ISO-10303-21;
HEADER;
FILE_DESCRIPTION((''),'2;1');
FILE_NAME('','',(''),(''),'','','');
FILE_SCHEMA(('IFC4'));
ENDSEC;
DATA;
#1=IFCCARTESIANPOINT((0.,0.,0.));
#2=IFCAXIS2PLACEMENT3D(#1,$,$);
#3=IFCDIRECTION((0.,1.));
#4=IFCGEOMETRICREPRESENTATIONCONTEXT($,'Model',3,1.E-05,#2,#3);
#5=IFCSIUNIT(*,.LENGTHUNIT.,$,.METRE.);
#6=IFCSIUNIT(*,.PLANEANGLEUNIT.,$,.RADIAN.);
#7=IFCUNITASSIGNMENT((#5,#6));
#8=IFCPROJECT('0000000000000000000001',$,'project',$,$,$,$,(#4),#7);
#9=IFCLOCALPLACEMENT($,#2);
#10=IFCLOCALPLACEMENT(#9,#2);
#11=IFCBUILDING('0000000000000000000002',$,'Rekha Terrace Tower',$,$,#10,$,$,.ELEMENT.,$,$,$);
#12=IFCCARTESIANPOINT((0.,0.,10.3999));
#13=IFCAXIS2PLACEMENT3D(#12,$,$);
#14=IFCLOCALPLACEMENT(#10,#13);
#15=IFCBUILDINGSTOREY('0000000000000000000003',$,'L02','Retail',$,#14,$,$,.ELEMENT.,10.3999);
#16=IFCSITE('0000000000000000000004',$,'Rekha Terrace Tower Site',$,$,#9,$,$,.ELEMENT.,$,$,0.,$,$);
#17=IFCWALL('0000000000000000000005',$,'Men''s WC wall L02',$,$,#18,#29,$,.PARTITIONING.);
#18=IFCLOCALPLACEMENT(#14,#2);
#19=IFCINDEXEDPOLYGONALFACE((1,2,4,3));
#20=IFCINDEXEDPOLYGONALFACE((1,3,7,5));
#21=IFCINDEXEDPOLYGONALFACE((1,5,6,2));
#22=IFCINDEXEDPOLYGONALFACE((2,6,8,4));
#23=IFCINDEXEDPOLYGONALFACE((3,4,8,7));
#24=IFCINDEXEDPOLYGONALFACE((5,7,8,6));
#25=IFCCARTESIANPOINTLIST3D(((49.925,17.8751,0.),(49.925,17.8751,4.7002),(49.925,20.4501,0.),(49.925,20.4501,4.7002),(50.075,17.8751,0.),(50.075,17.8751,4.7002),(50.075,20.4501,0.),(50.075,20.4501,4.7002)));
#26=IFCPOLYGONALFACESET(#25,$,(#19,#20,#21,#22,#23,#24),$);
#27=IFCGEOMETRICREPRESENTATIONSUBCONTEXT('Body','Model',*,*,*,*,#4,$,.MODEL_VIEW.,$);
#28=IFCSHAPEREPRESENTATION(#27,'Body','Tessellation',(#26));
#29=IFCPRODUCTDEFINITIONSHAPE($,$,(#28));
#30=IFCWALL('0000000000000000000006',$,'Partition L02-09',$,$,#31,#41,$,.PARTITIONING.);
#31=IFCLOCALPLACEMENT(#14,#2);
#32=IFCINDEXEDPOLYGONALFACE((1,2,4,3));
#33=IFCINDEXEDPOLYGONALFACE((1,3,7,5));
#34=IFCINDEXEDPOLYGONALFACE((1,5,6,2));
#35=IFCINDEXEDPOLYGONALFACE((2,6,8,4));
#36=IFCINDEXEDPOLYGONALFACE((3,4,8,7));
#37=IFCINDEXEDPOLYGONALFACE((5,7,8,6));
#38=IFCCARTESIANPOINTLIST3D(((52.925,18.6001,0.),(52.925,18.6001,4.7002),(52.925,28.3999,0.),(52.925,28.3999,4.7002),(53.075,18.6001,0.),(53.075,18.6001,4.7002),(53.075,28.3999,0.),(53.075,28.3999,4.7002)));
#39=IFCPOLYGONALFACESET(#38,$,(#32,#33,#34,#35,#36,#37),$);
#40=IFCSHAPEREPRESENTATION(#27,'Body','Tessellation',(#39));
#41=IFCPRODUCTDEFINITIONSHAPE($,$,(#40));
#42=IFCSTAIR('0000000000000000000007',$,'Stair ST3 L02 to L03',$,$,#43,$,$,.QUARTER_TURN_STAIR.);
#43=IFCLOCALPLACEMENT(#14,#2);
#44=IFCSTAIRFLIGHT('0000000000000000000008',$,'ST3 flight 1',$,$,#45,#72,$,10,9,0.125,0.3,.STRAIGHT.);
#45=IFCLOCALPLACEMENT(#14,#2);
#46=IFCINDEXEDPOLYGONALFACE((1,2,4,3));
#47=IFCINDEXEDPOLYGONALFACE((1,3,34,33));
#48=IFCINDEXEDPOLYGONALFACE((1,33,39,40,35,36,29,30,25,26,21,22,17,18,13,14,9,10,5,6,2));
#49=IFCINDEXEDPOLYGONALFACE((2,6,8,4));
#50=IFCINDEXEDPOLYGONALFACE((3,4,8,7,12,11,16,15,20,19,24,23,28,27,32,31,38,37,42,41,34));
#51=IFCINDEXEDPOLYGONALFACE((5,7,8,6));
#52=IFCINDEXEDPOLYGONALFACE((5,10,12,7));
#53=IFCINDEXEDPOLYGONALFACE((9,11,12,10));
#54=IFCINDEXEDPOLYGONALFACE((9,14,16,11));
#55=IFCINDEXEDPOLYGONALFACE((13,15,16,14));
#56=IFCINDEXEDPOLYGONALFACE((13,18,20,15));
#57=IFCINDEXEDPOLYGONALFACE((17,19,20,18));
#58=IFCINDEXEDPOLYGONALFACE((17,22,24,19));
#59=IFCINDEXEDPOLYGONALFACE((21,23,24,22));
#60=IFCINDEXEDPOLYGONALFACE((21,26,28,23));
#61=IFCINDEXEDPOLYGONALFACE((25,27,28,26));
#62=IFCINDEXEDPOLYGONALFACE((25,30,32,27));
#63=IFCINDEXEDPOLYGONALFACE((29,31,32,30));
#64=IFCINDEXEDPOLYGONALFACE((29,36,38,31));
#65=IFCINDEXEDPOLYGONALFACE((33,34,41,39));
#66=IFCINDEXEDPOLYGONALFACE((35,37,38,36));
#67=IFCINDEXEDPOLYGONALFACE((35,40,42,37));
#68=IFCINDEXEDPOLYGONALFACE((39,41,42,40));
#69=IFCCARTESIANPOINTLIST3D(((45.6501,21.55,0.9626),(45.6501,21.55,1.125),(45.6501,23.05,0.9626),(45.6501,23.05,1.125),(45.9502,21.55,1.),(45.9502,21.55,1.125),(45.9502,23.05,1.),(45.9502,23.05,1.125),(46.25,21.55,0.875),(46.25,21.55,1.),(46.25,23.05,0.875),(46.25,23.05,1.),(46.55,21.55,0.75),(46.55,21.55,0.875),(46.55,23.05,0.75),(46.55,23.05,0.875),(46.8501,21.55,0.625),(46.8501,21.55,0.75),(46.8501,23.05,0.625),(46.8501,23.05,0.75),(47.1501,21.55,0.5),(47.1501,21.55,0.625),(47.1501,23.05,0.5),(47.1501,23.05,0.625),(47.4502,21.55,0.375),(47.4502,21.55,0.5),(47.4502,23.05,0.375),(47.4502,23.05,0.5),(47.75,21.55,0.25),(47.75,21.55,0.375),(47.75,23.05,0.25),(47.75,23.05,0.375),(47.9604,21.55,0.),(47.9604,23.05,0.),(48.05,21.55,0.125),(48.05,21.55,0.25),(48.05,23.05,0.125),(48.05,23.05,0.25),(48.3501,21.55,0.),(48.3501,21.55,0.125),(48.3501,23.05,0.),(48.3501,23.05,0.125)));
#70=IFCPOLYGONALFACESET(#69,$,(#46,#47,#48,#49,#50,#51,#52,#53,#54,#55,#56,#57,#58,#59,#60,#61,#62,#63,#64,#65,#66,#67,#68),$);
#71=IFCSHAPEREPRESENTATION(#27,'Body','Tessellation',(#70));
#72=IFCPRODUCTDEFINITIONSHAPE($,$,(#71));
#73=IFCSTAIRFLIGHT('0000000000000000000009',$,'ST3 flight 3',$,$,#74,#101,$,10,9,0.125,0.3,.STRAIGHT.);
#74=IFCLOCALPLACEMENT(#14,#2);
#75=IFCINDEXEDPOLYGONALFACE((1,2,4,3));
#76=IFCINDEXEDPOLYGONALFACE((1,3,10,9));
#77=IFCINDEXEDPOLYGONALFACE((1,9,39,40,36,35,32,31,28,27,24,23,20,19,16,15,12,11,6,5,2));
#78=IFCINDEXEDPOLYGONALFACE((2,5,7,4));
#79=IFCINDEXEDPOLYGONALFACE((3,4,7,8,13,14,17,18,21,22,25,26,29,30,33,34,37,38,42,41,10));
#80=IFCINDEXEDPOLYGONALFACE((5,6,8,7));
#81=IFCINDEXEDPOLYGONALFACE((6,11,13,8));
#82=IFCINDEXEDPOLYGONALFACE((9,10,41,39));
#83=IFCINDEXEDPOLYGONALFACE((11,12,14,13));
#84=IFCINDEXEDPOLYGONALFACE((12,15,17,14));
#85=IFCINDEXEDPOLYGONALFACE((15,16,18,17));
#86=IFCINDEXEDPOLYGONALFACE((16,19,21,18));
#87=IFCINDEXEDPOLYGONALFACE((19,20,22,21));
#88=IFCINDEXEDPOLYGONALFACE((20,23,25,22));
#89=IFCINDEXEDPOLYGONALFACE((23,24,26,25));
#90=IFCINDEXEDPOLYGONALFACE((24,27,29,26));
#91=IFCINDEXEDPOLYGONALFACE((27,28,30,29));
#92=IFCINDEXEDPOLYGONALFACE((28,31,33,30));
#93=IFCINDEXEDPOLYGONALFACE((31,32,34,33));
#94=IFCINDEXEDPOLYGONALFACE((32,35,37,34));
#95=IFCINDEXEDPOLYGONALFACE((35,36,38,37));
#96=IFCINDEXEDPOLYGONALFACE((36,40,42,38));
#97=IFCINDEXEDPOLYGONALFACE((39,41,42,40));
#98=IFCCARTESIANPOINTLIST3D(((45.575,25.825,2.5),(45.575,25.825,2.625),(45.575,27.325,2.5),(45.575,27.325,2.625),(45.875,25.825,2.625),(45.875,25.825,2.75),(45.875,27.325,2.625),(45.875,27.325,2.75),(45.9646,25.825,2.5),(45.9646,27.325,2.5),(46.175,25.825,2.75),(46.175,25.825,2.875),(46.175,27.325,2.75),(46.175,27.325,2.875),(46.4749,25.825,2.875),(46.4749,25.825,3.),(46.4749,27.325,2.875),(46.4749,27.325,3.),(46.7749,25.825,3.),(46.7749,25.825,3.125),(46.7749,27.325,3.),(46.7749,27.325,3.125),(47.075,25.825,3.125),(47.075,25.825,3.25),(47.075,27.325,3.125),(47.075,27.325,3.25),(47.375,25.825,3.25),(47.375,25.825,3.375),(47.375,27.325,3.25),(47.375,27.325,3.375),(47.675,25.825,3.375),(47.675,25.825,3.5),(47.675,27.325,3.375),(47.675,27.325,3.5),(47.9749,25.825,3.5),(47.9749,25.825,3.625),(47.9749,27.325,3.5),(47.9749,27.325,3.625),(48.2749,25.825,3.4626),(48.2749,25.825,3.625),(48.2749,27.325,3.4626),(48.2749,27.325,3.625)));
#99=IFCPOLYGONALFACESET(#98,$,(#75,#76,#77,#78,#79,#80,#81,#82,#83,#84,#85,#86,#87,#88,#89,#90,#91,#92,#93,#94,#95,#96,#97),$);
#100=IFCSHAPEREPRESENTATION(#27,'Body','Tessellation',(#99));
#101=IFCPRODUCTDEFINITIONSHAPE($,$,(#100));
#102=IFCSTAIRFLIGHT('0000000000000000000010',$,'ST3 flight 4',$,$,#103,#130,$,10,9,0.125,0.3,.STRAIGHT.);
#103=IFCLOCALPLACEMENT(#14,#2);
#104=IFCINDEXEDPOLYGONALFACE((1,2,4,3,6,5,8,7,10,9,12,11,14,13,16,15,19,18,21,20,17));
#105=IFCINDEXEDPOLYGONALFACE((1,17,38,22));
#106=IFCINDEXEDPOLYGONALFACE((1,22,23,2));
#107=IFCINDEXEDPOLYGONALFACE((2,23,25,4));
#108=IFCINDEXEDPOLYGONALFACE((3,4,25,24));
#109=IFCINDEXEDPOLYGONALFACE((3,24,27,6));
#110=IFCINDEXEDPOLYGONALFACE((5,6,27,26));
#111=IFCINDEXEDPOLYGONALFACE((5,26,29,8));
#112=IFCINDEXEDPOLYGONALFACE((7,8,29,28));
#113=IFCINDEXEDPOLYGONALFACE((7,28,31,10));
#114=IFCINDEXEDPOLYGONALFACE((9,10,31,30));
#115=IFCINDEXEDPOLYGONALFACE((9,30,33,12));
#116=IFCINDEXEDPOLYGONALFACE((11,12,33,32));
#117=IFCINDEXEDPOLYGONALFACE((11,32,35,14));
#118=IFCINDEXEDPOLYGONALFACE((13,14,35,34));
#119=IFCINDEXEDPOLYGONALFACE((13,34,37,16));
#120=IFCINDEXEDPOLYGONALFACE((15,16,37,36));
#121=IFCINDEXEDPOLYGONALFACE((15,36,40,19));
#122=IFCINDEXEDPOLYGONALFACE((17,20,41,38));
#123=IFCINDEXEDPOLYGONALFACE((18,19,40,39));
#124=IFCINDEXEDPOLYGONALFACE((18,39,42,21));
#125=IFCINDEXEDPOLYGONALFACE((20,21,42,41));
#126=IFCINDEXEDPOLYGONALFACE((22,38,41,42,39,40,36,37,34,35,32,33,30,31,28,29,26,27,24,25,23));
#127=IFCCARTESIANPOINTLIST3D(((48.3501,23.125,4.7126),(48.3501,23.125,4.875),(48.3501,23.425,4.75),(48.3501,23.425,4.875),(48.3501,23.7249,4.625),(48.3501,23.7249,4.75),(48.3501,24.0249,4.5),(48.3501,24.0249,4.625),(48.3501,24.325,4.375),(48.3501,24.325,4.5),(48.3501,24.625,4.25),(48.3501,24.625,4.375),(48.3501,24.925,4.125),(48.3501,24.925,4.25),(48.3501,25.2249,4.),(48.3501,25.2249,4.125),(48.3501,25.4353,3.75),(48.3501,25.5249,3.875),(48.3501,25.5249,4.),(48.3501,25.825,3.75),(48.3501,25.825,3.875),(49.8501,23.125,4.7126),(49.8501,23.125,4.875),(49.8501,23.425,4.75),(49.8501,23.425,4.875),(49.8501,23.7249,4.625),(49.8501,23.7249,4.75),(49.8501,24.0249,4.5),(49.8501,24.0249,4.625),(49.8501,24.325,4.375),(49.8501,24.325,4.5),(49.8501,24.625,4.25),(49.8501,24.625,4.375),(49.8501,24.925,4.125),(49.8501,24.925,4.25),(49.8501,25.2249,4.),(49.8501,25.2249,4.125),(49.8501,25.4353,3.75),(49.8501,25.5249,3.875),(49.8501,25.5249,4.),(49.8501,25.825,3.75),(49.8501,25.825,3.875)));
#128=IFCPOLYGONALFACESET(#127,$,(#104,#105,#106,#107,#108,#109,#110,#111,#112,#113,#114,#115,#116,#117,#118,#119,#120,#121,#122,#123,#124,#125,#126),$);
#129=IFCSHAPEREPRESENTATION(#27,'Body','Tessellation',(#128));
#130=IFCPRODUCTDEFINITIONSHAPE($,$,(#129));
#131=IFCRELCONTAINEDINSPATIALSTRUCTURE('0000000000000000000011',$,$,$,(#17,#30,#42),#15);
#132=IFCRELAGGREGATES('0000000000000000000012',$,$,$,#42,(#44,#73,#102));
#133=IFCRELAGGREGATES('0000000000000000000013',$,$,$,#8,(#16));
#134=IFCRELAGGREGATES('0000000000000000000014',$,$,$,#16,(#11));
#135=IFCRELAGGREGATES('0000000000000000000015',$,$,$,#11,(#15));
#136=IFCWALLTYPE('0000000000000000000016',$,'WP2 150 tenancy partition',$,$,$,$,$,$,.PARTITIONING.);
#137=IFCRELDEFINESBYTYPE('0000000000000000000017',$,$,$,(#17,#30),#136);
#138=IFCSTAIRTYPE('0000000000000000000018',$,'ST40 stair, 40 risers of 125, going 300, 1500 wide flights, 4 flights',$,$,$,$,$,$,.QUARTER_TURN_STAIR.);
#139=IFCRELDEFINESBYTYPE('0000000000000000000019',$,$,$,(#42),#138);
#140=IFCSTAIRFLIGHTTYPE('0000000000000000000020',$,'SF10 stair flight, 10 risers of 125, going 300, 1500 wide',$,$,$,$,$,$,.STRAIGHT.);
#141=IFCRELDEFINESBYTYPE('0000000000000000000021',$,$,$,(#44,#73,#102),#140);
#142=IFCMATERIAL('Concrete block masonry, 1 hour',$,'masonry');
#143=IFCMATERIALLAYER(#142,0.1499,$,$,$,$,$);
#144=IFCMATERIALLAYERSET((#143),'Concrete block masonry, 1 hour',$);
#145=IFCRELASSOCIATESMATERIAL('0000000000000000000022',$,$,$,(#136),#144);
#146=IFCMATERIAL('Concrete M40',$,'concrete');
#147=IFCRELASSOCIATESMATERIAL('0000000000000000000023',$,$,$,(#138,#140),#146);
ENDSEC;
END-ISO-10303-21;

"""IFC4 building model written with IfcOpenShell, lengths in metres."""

from ifc_helpers import new_model, si_unit, direction, frame, frame_2d, origin, place, context, subcontext, project, spatial, polyline, rectangle, outline, extrude, material, layer, layer_set, type_object, element, aggregate, save


model = new_model("IFC4")

# Units and contexts
model_context = context("Model", 3, precision=1e-05, world=origin(), true_north=direction((0.0, 1.0)))
body_context = subcontext(model_context, "Body", "Model", "MODEL_VIEW")
ifc_project = project(units=[si_unit("LENGTHUNIT", "METRE"), si_unit("PLANEANGLEUNIT", "RADIAN")], contexts=[model_context])

# Site, building, storey
site_placement = place(None, origin())
site = spatial("IfcSite", under=ifc_project, at=site_placement, Name="Rekha Terrace Tower Site", CompositionType="ELEMENT", RefElevation=0.0)
building_placement = place(site_placement, origin())
building = spatial("IfcBuilding", under=site, at=building_placement, Name="Rekha Terrace Tower", CompositionType="ELEMENT")
storey_placement = place(building_placement, frame((0.0, 0.0, 10.3999)))
storey = spatial("IfcBuildingStorey", under=building, at=storey_placement, Name="L02", Description="Retail", CompositionType="ELEMENT", Elevation=10.3999)

# Walls
ifc_material_1 = material(Name="Concrete block masonry, 1 hour", Category="masonry")
ifc_layer_1 = layer(ifc_material_1, 0.1499)
ifc_layer_set_1 = layer_set([ifc_layer_1], Name="Concrete block masonry, 1 hour")
wall_type_1 = type_object("IfcWallType", Name="WP2 150 tenancy partition", PredefinedType="PARTITIONING", material=ifc_layer_set_1)
wall_1_placement = place(storey_placement, frame((50.0, 17.875, 0.0), z_axis=(0.0, 0.0, 1.0), x_axis=(0.0, 1.0, 0.0)))
element("IfcWall", 1, at=wall_1_placement, inside=storey, type_object=wall_type_1, Name="Men's WC wall L02", PredefinedType="PARTITIONING", context=body_context, shape_type="SweptSolid", body=[
    extrude(rectangle(XDim=2.575, YDim=0.1499, at=frame_2d((1.2876, 0.0))), origin(), (0.0, 0.0, 1.0), 4.7002),
])
wall_2_placement = place(storey_placement, frame((53.0, 18.6001, 0.0), z_axis=(0.0, 0.0, 1.0), x_axis=(0.0, 1.0, 0.0)))
element("IfcWall", 2, at=wall_2_placement, inside=storey, type_object=wall_type_1, Name="Partition L02-09", PredefinedType="PARTITIONING", context=body_context, shape_type="SweptSolid", body=[
    extrude(rectangle(XDim=9.7998, YDim=0.1499, at=frame_2d((4.8999, 0.0))), origin(), (0.0, 0.0, 1.0), 4.7002),
])

# Stair, stair flights
ifc_material_2 = material(Name="Concrete M40", Category="concrete")
stair_type = type_object("IfcStairType", Name="ST40 stair, 40 risers of 125, going 300, 1500 wide flights, 4 flights", PredefinedType="QUARTER_TURN_STAIR", material=ifc_material_2)
stair_placement = place(storey_placement, origin())
stair = element("IfcStair", 3, at=stair_placement, inside=storey, type_object=stair_type, Name="Stair ST3 L02 to L03", PredefinedType="QUARTER_TURN_STAIR")
stair_flight_type = type_object("IfcStairFlightType", Name="SF10 stair flight, 10 risers of 125, going 300, 1500 wide", PredefinedType="STRAIGHT", material=ifc_material_2)
stair_flight_1_placement = place(storey_placement, frame((48.3501, 22.3, 0.0), z_axis=(0.0, 0.0, 1.0), x_axis=(-1.0, 0.0, 0.0)))
stair_flight_1 = element("IfcStairFlight", 4, at=stair_flight_1_placement, type_object=stair_flight_type, Name="ST3 flight 1", NumberOfRisers=10, NumberOfTreads=9, PredefinedType="STRAIGHT", RiserHeight=0.125, TreadLength=0.3, context=body_context, shape_type="SweptSolid", body=[
    extrude(outline(polyline([(0.0, 0.0), (0.0, 0.125), (0.3, 0.125), (0.3, 0.25), (0.6001, 0.25), (0.6001, 0.375), (0.8999, 0.375), (0.8999, 0.5), (1.2, 0.5), (1.2, 0.625), (1.5, 0.625), (1.5, 0.75), (1.8, 0.75), (1.8, 0.875), (2.1001, 0.875), (2.1001, 1.0), (2.3999, 1.0), (2.3999, 1.125), (2.7, 1.125), (2.7, 1.25), (2.7, 0.9626), (0.3896, 0.0), (0.0, 0.0)])), frame((0.0, 0.75, 0.0), z_axis=(0.0, -1.0, 0.0), x_axis=(1.0, 0.0, 0.0)), (0.0, 0.0, 1.0), 1.5),
])
stair_flight_2_placement = place(storey_placement, frame((45.575, 26.575, 2.5), z_axis=(0.0, 0.0, 1.0), x_axis=(1.0, 0.0, 0.0)))
stair_flight_2 = element("IfcStairFlight", 5, at=stair_flight_2_placement, type_object=stair_flight_type, Name="ST3 flight 3", NumberOfRisers=10, NumberOfTreads=9, PredefinedType="STRAIGHT", RiserHeight=0.125, TreadLength=0.3, context=body_context, shape_type="SweptSolid", body=[
    extrude(outline(polyline([(0.0, 0.0), (0.0, 0.125), (0.3, 0.125), (0.3, 0.25), (0.6001, 0.25), (0.6001, 0.375), (0.8999, 0.375), (0.8999, 0.5), (1.2, 0.5), (1.2, 0.625), (1.5, 0.625), (1.5, 0.75), (1.8, 0.75), (1.8, 0.875), (2.1001, 0.875), (2.1001, 1.0), (2.3999, 1.0), (2.3999, 1.125), (2.7, 1.125), (2.7, 1.25), (2.7, 0.9626), (0.3896, 0.0), (0.0, 0.0)])), frame((0.0, 0.75, 0.0), z_axis=(0.0, -1.0, 0.0), x_axis=(1.0, 0.0, 0.0)), (0.0, 0.0, 1.0), 1.5),
])
stair_flight_3_placement = place(storey_placement, frame((49.1001, 25.825, 3.75), z_axis=(0.0, 0.0, 1.0), x_axis=(0.0, -1.0, 0.0)))
stair_flight_3 = element("IfcStairFlight", 6, at=stair_flight_3_placement, type_object=stair_flight_type, Name="ST3 flight 4", NumberOfRisers=10, NumberOfTreads=9, PredefinedType="STRAIGHT", RiserHeight=0.125, TreadLength=0.3, context=body_context, shape_type="SweptSolid", body=[
    extrude(outline(polyline([(0.0, 0.0), (0.0, 0.125), (0.3, 0.125), (0.3, 0.25), (0.6001, 0.25), (0.6001, 0.375), (0.8999, 0.375), (0.8999, 0.5), (1.2, 0.5), (1.2, 0.625), (1.5, 0.625), (1.5, 0.75), (1.8, 0.75), (1.8, 0.875), (2.1001, 0.875), (2.1001, 1.0), (2.3999, 1.0), (2.3999, 1.125), (2.7, 1.125), (2.7, 1.25), (2.7, 0.9626), (0.3896, 0.0), (0.0, 0.0)])), frame((0.0, 0.75, 0.0), z_axis=(0.0, -1.0, 0.0), x_axis=(1.0, 0.0, 0.0)), (0.0, 0.0, 1.0), 1.5),
])
aggregate(stair, [stair_flight_1, stair_flight_2, stair_flight_3])

save(model, "model.ifc")
